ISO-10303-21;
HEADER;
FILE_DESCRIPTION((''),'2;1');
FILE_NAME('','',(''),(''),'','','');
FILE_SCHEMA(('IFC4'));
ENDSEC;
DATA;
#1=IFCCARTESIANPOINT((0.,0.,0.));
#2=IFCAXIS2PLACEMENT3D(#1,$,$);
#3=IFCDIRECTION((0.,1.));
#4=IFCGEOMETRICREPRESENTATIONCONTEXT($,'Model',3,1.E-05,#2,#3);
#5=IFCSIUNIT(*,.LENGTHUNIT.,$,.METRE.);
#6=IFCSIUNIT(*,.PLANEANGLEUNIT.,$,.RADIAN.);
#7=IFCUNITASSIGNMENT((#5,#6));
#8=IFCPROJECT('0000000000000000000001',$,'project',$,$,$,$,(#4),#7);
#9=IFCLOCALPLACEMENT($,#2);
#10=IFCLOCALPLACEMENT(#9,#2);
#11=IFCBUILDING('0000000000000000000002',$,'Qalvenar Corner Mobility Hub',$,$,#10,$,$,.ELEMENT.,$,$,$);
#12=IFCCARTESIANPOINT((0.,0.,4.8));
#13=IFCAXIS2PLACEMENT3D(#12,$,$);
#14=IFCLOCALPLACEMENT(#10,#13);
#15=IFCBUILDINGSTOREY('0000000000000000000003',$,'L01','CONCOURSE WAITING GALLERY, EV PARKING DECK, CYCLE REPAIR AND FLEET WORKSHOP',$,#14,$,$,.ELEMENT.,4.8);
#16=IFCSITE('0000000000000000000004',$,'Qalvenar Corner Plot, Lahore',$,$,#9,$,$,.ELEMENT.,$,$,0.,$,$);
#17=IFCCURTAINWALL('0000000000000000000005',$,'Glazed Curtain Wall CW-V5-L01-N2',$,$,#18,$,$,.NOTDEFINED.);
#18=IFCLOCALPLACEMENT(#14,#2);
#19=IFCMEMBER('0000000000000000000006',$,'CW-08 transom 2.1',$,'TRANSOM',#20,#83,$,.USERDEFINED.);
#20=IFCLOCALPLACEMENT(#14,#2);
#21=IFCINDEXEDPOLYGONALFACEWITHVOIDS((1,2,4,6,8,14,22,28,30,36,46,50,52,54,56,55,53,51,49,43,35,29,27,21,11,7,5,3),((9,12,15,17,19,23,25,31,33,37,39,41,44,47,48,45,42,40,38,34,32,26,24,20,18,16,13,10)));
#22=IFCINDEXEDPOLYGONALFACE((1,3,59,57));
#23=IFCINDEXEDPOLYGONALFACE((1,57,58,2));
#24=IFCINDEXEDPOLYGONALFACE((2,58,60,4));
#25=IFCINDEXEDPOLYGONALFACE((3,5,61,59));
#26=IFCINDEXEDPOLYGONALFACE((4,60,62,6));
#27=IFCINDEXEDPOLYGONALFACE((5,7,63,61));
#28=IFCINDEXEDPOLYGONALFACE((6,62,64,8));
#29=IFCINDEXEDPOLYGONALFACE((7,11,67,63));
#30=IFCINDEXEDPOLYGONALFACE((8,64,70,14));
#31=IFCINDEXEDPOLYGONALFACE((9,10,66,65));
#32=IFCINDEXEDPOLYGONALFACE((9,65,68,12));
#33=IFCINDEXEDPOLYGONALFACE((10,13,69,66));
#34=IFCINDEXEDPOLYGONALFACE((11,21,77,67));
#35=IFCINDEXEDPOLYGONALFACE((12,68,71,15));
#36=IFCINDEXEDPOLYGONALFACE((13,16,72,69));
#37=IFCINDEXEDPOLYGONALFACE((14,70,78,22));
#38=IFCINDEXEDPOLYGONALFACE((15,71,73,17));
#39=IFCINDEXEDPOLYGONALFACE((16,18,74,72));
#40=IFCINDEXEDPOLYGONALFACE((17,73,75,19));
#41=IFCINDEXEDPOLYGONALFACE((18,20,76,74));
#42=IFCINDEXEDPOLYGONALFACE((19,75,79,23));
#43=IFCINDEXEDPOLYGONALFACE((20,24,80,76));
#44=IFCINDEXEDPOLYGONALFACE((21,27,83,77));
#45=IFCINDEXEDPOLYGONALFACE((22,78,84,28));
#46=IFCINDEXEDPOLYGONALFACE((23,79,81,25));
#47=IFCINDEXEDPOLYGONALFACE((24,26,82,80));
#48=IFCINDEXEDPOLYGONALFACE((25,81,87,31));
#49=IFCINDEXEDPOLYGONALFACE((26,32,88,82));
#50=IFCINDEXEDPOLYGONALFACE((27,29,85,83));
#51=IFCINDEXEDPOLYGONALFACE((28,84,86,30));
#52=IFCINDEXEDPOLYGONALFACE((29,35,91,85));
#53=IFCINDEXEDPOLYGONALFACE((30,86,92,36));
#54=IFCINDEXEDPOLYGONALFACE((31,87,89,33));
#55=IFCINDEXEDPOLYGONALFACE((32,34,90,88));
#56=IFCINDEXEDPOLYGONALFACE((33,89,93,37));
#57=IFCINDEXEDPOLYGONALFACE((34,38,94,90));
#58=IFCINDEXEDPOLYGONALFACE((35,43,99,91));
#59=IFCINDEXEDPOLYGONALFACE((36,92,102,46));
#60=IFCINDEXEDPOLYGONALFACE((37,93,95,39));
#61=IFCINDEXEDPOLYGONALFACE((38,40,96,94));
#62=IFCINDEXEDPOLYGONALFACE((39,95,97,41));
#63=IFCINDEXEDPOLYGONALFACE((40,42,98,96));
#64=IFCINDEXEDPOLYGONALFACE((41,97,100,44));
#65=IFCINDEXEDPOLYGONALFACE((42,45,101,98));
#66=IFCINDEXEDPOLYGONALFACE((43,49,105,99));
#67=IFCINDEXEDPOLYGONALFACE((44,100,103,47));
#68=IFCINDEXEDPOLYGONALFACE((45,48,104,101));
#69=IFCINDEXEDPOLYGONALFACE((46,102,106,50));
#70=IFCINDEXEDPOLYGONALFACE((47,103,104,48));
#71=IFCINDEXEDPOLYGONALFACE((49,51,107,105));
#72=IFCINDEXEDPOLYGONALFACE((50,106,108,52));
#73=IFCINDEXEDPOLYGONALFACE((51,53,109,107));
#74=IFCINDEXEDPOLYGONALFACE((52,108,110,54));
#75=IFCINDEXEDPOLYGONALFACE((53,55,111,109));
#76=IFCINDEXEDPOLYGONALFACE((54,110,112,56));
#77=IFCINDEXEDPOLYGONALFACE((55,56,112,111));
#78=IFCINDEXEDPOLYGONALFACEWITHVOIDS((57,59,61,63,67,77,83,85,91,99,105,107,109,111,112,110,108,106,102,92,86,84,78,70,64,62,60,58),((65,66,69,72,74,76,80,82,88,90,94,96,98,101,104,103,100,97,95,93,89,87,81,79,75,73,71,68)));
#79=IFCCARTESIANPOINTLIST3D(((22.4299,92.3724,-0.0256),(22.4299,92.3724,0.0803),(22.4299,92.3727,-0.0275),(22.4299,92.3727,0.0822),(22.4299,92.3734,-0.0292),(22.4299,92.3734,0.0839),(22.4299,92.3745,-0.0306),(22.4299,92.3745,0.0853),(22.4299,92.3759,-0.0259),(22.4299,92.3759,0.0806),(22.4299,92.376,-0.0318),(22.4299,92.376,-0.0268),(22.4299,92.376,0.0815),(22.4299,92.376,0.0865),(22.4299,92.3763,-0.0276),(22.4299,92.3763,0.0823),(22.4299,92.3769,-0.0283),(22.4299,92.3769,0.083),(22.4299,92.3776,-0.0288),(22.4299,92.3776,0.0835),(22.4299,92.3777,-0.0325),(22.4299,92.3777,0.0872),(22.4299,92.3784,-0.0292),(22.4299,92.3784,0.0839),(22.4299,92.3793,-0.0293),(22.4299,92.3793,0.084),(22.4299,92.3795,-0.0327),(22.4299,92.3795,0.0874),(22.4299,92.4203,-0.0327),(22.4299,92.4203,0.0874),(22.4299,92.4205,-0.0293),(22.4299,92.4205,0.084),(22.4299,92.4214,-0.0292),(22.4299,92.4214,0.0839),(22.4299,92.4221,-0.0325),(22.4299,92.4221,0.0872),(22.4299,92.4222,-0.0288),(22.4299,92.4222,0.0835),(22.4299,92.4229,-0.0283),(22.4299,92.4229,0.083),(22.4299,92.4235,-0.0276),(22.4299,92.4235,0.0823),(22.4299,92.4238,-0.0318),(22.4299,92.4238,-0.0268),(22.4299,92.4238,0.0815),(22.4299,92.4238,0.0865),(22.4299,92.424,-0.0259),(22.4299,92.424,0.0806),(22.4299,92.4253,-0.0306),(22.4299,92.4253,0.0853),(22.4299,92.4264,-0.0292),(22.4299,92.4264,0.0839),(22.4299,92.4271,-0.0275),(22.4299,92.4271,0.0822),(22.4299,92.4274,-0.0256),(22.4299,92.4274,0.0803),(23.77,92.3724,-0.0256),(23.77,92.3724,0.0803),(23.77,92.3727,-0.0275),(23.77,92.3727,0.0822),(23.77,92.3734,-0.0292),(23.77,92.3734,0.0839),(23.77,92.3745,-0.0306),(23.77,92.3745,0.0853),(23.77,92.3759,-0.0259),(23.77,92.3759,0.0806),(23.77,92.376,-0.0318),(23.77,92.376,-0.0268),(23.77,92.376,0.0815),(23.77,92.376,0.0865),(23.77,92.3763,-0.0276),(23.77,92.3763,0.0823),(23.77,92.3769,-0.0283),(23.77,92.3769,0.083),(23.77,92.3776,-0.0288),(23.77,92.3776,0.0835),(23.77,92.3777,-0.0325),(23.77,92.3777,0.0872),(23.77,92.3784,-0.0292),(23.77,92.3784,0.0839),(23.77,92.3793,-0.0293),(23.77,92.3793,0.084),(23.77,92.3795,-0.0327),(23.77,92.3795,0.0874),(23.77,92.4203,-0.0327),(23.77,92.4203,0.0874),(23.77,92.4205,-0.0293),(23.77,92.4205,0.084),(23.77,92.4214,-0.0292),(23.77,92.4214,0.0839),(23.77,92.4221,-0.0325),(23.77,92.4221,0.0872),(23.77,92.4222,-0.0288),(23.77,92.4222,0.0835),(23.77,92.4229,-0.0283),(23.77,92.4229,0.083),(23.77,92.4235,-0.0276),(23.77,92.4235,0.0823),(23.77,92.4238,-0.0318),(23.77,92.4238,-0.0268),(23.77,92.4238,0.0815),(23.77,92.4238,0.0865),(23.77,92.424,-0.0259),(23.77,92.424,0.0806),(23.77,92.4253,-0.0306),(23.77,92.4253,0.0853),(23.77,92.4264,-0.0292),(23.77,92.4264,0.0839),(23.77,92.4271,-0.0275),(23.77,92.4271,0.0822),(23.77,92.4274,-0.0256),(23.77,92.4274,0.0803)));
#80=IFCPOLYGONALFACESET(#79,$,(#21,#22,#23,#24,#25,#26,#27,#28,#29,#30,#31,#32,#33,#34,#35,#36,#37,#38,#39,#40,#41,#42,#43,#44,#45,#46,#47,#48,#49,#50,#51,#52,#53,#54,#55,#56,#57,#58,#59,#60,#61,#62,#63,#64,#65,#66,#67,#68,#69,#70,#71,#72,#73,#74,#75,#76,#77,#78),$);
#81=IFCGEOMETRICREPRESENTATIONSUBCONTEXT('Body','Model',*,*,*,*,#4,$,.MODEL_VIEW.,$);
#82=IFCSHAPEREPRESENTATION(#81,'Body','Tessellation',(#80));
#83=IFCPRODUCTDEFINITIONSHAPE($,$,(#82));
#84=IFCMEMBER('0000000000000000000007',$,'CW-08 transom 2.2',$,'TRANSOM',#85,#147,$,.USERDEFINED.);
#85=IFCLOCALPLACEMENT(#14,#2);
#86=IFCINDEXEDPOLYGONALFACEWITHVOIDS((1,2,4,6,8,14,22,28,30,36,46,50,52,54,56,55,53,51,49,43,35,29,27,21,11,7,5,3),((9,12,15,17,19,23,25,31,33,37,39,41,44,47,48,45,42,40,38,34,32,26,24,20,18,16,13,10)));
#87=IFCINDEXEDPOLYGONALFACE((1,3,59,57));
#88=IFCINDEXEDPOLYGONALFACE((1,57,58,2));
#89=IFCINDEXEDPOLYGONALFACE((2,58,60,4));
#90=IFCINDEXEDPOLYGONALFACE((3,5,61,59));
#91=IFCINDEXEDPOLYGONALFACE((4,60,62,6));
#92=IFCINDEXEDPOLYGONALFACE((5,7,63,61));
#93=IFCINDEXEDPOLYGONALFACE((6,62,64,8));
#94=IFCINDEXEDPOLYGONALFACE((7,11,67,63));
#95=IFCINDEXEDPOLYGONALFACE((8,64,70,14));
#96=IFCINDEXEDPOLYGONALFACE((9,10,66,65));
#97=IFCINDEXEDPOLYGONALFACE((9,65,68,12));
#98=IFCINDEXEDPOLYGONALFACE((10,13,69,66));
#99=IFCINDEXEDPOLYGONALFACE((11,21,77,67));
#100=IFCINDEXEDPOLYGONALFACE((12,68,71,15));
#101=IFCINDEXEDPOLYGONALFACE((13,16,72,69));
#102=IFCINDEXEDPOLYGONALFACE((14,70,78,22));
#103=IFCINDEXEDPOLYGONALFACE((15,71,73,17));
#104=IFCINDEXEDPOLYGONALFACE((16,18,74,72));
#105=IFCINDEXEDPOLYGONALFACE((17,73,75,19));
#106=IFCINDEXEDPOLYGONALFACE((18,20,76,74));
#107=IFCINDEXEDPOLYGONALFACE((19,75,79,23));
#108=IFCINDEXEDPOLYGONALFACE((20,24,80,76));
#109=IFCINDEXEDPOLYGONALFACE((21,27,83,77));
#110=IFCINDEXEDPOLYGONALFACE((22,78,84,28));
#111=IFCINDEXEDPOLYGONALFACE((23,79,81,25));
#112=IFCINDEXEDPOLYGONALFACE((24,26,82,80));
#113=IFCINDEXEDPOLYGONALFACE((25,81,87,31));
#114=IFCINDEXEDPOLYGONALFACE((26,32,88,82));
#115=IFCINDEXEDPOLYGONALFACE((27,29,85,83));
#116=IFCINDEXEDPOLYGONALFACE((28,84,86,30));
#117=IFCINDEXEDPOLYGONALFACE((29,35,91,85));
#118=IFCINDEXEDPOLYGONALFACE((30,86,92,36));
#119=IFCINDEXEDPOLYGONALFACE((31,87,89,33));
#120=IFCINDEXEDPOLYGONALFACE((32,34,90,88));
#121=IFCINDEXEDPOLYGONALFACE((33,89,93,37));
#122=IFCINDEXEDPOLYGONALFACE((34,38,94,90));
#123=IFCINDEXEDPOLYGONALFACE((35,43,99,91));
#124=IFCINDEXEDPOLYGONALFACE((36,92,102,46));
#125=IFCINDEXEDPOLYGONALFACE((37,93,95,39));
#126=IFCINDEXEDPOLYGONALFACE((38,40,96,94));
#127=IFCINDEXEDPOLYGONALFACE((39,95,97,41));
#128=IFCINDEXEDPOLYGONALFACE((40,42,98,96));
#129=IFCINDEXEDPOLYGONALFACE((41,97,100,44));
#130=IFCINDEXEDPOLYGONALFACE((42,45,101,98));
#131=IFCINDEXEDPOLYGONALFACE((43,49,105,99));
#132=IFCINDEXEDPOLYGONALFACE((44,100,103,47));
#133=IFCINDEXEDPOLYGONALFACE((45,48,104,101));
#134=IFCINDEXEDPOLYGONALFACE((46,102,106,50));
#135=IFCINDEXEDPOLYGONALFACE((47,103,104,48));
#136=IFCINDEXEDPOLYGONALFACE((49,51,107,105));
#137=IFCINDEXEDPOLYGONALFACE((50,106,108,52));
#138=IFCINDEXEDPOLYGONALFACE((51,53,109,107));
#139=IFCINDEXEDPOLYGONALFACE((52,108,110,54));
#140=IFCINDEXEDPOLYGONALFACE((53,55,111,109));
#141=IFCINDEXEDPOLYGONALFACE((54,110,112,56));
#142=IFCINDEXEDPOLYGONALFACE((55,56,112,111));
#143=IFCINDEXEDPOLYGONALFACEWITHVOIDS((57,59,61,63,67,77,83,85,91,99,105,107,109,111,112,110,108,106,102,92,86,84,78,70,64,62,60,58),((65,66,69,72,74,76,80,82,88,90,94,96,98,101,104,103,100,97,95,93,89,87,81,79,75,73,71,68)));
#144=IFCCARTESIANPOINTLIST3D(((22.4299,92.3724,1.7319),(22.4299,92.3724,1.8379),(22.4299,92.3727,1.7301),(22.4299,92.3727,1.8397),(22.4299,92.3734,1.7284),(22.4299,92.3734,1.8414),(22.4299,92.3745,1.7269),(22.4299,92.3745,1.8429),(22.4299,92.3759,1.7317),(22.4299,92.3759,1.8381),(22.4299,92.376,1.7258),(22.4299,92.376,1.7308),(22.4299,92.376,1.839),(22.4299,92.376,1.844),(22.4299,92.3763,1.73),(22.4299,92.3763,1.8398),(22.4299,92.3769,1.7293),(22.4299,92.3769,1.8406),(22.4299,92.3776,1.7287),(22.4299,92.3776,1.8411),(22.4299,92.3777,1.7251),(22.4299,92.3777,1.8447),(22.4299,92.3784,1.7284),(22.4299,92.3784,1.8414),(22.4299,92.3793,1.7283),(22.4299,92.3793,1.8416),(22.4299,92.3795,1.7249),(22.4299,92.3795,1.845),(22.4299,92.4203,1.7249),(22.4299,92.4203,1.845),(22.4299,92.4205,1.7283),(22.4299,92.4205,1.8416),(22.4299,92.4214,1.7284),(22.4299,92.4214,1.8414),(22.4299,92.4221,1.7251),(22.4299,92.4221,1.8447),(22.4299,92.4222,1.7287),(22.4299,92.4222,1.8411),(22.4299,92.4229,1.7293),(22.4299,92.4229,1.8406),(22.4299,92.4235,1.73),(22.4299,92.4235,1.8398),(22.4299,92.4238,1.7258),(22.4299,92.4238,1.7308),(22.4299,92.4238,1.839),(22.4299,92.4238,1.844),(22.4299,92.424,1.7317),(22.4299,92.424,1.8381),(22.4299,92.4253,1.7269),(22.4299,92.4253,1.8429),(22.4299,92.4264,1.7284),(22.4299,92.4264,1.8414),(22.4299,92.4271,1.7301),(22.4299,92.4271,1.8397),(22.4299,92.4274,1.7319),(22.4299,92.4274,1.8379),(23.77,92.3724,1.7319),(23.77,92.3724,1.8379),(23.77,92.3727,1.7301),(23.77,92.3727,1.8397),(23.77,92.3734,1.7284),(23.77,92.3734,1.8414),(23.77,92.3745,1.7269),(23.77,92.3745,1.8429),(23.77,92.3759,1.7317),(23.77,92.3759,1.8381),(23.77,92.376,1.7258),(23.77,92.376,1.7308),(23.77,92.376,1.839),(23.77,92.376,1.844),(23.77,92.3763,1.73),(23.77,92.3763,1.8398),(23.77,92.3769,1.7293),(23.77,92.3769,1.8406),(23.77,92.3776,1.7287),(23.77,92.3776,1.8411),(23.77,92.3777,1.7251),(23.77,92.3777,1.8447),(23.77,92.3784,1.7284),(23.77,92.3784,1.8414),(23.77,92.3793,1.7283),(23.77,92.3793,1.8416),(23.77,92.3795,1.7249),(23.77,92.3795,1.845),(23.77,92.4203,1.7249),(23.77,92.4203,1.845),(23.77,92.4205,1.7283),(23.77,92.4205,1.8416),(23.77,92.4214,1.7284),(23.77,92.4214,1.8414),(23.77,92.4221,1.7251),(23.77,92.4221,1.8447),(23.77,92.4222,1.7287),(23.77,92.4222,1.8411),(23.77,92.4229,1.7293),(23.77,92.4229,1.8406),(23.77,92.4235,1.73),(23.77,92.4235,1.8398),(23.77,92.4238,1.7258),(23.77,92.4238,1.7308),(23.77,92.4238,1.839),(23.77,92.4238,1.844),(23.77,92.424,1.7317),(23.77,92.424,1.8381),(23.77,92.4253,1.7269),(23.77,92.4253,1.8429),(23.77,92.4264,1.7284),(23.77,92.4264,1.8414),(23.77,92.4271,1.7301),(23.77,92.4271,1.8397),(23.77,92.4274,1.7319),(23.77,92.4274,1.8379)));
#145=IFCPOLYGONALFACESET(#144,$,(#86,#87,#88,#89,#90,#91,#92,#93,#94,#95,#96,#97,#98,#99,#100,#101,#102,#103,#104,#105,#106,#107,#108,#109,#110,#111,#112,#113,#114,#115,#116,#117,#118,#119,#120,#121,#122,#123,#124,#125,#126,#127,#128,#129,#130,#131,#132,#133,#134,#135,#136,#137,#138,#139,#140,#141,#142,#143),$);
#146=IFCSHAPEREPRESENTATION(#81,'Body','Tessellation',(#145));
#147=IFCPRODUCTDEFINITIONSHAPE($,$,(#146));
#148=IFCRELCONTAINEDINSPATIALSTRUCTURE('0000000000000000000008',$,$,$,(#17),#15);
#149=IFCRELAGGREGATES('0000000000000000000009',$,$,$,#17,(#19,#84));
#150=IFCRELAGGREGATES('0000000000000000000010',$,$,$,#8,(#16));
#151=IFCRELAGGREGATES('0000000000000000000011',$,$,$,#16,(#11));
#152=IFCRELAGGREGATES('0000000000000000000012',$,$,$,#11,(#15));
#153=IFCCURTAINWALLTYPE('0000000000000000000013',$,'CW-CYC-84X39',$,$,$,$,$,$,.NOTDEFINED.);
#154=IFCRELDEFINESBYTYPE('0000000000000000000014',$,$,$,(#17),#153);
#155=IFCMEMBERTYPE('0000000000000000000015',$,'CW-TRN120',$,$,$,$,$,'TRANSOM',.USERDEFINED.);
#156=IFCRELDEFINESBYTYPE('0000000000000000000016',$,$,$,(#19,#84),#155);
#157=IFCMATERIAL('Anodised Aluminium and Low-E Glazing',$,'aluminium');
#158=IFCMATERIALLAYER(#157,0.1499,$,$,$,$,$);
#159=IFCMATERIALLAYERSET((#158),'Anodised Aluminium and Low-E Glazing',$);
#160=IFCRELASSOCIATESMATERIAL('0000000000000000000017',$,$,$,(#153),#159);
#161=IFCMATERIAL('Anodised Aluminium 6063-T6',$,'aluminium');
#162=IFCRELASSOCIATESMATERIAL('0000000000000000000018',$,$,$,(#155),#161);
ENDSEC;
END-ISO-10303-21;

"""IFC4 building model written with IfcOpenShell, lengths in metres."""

from ifc_helpers import new_model, si_unit, direction, frame, origin, origin_2d, place, context, subcontext, project, spatial, hollow_rectangle, extrude, material, layer, layer_set, material_profile, profile_set, type_object, element, aggregate, save


model = new_model("IFC4")

# Units and contexts
model_context = context("Model", 3, precision=1e-05, world=origin(), true_north=direction((0.0, 1.0)))
body_context = subcontext(model_context, "Body", "Model", "MODEL_VIEW")
ifc_project = project(units=[si_unit("LENGTHUNIT", "METRE"), si_unit("PLANEANGLEUNIT", "RADIAN")], contexts=[model_context])

# Site, building, storey
site_placement = place(None, origin())
site = spatial("IfcSite", under=ifc_project, at=site_placement, Name="Qalvenar Corner Plot, Lahore", CompositionType="ELEMENT", RefElevation=0.0)
building_placement = place(site_placement, origin())
building = spatial("IfcBuilding", under=site, at=building_placement, Name="Qalvenar Corner Mobility Hub", CompositionType="ELEMENT")
storey_placement = place(building_placement, frame((0.0, 0.0, 4.8)))
storey = spatial("IfcBuildingStorey", under=building, at=storey_placement, Name="L01", Description="CONCOURSE WAITING GALLERY, EV PARKING DECK, CYCLE REPAIR AND FLEET WORKSHOP", CompositionType="ELEMENT", Elevation=4.8)

# Curtain wall, members
ifc_material_1 = material(Name="Anodised Aluminium and Low-E Glazing", Category="aluminium")
ifc_layer_1 = layer(ifc_material_1, 0.1499)
ifc_layer_set_1 = layer_set([ifc_layer_1], Name="Anodised Aluminium and Low-E Glazing")
curtain_wall_type = type_object("IfcCurtainWallType", Name="CW-CYC-84X39", PredefinedType="NOTDEFINED", material=ifc_layer_set_1)
curtain_wall_placement = place(storey_placement, origin())
curtain_wall = element("IfcCurtainWall", 1, at=curtain_wall_placement, inside=storey, type_object=curtain_wall_type, Name="Glazed Curtain Wall CW-V5-L01-N2", PredefinedType="NOTDEFINED")
ifc_material_2 = material(Name="Anodised Aluminium 6063-T6", Category="aluminium")
ifc_material_profile_1 = material_profile(ifc_material_2, hollow_rectangle(XDim=0.0549, YDim=0.1201, WallThickness=0.0034, InnerFilletRadius=0.0034, OuterFilletRadius=0.0071, at=origin_2d()), Name="RHS120x55x3.5")
ifc_profile_set_1 = profile_set([ifc_material_profile_1], Name="Anodised Aluminium 6063-T6")
member_type_1 = type_object("IfcMemberType", Name="CW-TRN120", ElementType="TRANSOM", PredefinedType="USERDEFINED", material=ifc_profile_set_1)
member_1_placement = place(storey_placement, frame((23.77, 92.3999, 0.0273), z_axis=(-1.0, 0.0, 0.0), x_axis=(0.0, -1.0, 0.0)))
member_1 = element("IfcMember", 2, at=member_1_placement, type_object=member_type_1, Name="CW-08 transom 2.1", ObjectType="TRANSOM", PredefinedType="USERDEFINED", context=body_context, shape_type="SweptSolid", body=[
    extrude(hollow_rectangle(XDim=0.0549, YDim=0.1201, WallThickness=0.0034, InnerFilletRadius=0.0034, OuterFilletRadius=0.0071, at=origin_2d()), origin(), (0.0, 0.0, 1.0), 1.3401),
])
member_2_placement = place(storey_placement, frame((23.77, 92.3999, 1.7849), z_axis=(-1.0, 0.0, 0.0), x_axis=(0.0, -1.0, 0.0)))
member_2 = element("IfcMember", 3, at=member_2_placement, type_object=member_type_1, Name="CW-08 transom 2.2", ObjectType="TRANSOM", PredefinedType="USERDEFINED", context=body_context, shape_type="SweptSolid", body=[
    extrude(hollow_rectangle(XDim=0.0549, YDim=0.1201, WallThickness=0.0034, InnerFilletRadius=0.0034, OuterFilletRadius=0.0071, at=origin_2d()), origin(), (0.0, 0.0, 1.0), 1.3401),
])
aggregate(curtain_wall, [member_1, member_2])

save(model, "model.ifc")
